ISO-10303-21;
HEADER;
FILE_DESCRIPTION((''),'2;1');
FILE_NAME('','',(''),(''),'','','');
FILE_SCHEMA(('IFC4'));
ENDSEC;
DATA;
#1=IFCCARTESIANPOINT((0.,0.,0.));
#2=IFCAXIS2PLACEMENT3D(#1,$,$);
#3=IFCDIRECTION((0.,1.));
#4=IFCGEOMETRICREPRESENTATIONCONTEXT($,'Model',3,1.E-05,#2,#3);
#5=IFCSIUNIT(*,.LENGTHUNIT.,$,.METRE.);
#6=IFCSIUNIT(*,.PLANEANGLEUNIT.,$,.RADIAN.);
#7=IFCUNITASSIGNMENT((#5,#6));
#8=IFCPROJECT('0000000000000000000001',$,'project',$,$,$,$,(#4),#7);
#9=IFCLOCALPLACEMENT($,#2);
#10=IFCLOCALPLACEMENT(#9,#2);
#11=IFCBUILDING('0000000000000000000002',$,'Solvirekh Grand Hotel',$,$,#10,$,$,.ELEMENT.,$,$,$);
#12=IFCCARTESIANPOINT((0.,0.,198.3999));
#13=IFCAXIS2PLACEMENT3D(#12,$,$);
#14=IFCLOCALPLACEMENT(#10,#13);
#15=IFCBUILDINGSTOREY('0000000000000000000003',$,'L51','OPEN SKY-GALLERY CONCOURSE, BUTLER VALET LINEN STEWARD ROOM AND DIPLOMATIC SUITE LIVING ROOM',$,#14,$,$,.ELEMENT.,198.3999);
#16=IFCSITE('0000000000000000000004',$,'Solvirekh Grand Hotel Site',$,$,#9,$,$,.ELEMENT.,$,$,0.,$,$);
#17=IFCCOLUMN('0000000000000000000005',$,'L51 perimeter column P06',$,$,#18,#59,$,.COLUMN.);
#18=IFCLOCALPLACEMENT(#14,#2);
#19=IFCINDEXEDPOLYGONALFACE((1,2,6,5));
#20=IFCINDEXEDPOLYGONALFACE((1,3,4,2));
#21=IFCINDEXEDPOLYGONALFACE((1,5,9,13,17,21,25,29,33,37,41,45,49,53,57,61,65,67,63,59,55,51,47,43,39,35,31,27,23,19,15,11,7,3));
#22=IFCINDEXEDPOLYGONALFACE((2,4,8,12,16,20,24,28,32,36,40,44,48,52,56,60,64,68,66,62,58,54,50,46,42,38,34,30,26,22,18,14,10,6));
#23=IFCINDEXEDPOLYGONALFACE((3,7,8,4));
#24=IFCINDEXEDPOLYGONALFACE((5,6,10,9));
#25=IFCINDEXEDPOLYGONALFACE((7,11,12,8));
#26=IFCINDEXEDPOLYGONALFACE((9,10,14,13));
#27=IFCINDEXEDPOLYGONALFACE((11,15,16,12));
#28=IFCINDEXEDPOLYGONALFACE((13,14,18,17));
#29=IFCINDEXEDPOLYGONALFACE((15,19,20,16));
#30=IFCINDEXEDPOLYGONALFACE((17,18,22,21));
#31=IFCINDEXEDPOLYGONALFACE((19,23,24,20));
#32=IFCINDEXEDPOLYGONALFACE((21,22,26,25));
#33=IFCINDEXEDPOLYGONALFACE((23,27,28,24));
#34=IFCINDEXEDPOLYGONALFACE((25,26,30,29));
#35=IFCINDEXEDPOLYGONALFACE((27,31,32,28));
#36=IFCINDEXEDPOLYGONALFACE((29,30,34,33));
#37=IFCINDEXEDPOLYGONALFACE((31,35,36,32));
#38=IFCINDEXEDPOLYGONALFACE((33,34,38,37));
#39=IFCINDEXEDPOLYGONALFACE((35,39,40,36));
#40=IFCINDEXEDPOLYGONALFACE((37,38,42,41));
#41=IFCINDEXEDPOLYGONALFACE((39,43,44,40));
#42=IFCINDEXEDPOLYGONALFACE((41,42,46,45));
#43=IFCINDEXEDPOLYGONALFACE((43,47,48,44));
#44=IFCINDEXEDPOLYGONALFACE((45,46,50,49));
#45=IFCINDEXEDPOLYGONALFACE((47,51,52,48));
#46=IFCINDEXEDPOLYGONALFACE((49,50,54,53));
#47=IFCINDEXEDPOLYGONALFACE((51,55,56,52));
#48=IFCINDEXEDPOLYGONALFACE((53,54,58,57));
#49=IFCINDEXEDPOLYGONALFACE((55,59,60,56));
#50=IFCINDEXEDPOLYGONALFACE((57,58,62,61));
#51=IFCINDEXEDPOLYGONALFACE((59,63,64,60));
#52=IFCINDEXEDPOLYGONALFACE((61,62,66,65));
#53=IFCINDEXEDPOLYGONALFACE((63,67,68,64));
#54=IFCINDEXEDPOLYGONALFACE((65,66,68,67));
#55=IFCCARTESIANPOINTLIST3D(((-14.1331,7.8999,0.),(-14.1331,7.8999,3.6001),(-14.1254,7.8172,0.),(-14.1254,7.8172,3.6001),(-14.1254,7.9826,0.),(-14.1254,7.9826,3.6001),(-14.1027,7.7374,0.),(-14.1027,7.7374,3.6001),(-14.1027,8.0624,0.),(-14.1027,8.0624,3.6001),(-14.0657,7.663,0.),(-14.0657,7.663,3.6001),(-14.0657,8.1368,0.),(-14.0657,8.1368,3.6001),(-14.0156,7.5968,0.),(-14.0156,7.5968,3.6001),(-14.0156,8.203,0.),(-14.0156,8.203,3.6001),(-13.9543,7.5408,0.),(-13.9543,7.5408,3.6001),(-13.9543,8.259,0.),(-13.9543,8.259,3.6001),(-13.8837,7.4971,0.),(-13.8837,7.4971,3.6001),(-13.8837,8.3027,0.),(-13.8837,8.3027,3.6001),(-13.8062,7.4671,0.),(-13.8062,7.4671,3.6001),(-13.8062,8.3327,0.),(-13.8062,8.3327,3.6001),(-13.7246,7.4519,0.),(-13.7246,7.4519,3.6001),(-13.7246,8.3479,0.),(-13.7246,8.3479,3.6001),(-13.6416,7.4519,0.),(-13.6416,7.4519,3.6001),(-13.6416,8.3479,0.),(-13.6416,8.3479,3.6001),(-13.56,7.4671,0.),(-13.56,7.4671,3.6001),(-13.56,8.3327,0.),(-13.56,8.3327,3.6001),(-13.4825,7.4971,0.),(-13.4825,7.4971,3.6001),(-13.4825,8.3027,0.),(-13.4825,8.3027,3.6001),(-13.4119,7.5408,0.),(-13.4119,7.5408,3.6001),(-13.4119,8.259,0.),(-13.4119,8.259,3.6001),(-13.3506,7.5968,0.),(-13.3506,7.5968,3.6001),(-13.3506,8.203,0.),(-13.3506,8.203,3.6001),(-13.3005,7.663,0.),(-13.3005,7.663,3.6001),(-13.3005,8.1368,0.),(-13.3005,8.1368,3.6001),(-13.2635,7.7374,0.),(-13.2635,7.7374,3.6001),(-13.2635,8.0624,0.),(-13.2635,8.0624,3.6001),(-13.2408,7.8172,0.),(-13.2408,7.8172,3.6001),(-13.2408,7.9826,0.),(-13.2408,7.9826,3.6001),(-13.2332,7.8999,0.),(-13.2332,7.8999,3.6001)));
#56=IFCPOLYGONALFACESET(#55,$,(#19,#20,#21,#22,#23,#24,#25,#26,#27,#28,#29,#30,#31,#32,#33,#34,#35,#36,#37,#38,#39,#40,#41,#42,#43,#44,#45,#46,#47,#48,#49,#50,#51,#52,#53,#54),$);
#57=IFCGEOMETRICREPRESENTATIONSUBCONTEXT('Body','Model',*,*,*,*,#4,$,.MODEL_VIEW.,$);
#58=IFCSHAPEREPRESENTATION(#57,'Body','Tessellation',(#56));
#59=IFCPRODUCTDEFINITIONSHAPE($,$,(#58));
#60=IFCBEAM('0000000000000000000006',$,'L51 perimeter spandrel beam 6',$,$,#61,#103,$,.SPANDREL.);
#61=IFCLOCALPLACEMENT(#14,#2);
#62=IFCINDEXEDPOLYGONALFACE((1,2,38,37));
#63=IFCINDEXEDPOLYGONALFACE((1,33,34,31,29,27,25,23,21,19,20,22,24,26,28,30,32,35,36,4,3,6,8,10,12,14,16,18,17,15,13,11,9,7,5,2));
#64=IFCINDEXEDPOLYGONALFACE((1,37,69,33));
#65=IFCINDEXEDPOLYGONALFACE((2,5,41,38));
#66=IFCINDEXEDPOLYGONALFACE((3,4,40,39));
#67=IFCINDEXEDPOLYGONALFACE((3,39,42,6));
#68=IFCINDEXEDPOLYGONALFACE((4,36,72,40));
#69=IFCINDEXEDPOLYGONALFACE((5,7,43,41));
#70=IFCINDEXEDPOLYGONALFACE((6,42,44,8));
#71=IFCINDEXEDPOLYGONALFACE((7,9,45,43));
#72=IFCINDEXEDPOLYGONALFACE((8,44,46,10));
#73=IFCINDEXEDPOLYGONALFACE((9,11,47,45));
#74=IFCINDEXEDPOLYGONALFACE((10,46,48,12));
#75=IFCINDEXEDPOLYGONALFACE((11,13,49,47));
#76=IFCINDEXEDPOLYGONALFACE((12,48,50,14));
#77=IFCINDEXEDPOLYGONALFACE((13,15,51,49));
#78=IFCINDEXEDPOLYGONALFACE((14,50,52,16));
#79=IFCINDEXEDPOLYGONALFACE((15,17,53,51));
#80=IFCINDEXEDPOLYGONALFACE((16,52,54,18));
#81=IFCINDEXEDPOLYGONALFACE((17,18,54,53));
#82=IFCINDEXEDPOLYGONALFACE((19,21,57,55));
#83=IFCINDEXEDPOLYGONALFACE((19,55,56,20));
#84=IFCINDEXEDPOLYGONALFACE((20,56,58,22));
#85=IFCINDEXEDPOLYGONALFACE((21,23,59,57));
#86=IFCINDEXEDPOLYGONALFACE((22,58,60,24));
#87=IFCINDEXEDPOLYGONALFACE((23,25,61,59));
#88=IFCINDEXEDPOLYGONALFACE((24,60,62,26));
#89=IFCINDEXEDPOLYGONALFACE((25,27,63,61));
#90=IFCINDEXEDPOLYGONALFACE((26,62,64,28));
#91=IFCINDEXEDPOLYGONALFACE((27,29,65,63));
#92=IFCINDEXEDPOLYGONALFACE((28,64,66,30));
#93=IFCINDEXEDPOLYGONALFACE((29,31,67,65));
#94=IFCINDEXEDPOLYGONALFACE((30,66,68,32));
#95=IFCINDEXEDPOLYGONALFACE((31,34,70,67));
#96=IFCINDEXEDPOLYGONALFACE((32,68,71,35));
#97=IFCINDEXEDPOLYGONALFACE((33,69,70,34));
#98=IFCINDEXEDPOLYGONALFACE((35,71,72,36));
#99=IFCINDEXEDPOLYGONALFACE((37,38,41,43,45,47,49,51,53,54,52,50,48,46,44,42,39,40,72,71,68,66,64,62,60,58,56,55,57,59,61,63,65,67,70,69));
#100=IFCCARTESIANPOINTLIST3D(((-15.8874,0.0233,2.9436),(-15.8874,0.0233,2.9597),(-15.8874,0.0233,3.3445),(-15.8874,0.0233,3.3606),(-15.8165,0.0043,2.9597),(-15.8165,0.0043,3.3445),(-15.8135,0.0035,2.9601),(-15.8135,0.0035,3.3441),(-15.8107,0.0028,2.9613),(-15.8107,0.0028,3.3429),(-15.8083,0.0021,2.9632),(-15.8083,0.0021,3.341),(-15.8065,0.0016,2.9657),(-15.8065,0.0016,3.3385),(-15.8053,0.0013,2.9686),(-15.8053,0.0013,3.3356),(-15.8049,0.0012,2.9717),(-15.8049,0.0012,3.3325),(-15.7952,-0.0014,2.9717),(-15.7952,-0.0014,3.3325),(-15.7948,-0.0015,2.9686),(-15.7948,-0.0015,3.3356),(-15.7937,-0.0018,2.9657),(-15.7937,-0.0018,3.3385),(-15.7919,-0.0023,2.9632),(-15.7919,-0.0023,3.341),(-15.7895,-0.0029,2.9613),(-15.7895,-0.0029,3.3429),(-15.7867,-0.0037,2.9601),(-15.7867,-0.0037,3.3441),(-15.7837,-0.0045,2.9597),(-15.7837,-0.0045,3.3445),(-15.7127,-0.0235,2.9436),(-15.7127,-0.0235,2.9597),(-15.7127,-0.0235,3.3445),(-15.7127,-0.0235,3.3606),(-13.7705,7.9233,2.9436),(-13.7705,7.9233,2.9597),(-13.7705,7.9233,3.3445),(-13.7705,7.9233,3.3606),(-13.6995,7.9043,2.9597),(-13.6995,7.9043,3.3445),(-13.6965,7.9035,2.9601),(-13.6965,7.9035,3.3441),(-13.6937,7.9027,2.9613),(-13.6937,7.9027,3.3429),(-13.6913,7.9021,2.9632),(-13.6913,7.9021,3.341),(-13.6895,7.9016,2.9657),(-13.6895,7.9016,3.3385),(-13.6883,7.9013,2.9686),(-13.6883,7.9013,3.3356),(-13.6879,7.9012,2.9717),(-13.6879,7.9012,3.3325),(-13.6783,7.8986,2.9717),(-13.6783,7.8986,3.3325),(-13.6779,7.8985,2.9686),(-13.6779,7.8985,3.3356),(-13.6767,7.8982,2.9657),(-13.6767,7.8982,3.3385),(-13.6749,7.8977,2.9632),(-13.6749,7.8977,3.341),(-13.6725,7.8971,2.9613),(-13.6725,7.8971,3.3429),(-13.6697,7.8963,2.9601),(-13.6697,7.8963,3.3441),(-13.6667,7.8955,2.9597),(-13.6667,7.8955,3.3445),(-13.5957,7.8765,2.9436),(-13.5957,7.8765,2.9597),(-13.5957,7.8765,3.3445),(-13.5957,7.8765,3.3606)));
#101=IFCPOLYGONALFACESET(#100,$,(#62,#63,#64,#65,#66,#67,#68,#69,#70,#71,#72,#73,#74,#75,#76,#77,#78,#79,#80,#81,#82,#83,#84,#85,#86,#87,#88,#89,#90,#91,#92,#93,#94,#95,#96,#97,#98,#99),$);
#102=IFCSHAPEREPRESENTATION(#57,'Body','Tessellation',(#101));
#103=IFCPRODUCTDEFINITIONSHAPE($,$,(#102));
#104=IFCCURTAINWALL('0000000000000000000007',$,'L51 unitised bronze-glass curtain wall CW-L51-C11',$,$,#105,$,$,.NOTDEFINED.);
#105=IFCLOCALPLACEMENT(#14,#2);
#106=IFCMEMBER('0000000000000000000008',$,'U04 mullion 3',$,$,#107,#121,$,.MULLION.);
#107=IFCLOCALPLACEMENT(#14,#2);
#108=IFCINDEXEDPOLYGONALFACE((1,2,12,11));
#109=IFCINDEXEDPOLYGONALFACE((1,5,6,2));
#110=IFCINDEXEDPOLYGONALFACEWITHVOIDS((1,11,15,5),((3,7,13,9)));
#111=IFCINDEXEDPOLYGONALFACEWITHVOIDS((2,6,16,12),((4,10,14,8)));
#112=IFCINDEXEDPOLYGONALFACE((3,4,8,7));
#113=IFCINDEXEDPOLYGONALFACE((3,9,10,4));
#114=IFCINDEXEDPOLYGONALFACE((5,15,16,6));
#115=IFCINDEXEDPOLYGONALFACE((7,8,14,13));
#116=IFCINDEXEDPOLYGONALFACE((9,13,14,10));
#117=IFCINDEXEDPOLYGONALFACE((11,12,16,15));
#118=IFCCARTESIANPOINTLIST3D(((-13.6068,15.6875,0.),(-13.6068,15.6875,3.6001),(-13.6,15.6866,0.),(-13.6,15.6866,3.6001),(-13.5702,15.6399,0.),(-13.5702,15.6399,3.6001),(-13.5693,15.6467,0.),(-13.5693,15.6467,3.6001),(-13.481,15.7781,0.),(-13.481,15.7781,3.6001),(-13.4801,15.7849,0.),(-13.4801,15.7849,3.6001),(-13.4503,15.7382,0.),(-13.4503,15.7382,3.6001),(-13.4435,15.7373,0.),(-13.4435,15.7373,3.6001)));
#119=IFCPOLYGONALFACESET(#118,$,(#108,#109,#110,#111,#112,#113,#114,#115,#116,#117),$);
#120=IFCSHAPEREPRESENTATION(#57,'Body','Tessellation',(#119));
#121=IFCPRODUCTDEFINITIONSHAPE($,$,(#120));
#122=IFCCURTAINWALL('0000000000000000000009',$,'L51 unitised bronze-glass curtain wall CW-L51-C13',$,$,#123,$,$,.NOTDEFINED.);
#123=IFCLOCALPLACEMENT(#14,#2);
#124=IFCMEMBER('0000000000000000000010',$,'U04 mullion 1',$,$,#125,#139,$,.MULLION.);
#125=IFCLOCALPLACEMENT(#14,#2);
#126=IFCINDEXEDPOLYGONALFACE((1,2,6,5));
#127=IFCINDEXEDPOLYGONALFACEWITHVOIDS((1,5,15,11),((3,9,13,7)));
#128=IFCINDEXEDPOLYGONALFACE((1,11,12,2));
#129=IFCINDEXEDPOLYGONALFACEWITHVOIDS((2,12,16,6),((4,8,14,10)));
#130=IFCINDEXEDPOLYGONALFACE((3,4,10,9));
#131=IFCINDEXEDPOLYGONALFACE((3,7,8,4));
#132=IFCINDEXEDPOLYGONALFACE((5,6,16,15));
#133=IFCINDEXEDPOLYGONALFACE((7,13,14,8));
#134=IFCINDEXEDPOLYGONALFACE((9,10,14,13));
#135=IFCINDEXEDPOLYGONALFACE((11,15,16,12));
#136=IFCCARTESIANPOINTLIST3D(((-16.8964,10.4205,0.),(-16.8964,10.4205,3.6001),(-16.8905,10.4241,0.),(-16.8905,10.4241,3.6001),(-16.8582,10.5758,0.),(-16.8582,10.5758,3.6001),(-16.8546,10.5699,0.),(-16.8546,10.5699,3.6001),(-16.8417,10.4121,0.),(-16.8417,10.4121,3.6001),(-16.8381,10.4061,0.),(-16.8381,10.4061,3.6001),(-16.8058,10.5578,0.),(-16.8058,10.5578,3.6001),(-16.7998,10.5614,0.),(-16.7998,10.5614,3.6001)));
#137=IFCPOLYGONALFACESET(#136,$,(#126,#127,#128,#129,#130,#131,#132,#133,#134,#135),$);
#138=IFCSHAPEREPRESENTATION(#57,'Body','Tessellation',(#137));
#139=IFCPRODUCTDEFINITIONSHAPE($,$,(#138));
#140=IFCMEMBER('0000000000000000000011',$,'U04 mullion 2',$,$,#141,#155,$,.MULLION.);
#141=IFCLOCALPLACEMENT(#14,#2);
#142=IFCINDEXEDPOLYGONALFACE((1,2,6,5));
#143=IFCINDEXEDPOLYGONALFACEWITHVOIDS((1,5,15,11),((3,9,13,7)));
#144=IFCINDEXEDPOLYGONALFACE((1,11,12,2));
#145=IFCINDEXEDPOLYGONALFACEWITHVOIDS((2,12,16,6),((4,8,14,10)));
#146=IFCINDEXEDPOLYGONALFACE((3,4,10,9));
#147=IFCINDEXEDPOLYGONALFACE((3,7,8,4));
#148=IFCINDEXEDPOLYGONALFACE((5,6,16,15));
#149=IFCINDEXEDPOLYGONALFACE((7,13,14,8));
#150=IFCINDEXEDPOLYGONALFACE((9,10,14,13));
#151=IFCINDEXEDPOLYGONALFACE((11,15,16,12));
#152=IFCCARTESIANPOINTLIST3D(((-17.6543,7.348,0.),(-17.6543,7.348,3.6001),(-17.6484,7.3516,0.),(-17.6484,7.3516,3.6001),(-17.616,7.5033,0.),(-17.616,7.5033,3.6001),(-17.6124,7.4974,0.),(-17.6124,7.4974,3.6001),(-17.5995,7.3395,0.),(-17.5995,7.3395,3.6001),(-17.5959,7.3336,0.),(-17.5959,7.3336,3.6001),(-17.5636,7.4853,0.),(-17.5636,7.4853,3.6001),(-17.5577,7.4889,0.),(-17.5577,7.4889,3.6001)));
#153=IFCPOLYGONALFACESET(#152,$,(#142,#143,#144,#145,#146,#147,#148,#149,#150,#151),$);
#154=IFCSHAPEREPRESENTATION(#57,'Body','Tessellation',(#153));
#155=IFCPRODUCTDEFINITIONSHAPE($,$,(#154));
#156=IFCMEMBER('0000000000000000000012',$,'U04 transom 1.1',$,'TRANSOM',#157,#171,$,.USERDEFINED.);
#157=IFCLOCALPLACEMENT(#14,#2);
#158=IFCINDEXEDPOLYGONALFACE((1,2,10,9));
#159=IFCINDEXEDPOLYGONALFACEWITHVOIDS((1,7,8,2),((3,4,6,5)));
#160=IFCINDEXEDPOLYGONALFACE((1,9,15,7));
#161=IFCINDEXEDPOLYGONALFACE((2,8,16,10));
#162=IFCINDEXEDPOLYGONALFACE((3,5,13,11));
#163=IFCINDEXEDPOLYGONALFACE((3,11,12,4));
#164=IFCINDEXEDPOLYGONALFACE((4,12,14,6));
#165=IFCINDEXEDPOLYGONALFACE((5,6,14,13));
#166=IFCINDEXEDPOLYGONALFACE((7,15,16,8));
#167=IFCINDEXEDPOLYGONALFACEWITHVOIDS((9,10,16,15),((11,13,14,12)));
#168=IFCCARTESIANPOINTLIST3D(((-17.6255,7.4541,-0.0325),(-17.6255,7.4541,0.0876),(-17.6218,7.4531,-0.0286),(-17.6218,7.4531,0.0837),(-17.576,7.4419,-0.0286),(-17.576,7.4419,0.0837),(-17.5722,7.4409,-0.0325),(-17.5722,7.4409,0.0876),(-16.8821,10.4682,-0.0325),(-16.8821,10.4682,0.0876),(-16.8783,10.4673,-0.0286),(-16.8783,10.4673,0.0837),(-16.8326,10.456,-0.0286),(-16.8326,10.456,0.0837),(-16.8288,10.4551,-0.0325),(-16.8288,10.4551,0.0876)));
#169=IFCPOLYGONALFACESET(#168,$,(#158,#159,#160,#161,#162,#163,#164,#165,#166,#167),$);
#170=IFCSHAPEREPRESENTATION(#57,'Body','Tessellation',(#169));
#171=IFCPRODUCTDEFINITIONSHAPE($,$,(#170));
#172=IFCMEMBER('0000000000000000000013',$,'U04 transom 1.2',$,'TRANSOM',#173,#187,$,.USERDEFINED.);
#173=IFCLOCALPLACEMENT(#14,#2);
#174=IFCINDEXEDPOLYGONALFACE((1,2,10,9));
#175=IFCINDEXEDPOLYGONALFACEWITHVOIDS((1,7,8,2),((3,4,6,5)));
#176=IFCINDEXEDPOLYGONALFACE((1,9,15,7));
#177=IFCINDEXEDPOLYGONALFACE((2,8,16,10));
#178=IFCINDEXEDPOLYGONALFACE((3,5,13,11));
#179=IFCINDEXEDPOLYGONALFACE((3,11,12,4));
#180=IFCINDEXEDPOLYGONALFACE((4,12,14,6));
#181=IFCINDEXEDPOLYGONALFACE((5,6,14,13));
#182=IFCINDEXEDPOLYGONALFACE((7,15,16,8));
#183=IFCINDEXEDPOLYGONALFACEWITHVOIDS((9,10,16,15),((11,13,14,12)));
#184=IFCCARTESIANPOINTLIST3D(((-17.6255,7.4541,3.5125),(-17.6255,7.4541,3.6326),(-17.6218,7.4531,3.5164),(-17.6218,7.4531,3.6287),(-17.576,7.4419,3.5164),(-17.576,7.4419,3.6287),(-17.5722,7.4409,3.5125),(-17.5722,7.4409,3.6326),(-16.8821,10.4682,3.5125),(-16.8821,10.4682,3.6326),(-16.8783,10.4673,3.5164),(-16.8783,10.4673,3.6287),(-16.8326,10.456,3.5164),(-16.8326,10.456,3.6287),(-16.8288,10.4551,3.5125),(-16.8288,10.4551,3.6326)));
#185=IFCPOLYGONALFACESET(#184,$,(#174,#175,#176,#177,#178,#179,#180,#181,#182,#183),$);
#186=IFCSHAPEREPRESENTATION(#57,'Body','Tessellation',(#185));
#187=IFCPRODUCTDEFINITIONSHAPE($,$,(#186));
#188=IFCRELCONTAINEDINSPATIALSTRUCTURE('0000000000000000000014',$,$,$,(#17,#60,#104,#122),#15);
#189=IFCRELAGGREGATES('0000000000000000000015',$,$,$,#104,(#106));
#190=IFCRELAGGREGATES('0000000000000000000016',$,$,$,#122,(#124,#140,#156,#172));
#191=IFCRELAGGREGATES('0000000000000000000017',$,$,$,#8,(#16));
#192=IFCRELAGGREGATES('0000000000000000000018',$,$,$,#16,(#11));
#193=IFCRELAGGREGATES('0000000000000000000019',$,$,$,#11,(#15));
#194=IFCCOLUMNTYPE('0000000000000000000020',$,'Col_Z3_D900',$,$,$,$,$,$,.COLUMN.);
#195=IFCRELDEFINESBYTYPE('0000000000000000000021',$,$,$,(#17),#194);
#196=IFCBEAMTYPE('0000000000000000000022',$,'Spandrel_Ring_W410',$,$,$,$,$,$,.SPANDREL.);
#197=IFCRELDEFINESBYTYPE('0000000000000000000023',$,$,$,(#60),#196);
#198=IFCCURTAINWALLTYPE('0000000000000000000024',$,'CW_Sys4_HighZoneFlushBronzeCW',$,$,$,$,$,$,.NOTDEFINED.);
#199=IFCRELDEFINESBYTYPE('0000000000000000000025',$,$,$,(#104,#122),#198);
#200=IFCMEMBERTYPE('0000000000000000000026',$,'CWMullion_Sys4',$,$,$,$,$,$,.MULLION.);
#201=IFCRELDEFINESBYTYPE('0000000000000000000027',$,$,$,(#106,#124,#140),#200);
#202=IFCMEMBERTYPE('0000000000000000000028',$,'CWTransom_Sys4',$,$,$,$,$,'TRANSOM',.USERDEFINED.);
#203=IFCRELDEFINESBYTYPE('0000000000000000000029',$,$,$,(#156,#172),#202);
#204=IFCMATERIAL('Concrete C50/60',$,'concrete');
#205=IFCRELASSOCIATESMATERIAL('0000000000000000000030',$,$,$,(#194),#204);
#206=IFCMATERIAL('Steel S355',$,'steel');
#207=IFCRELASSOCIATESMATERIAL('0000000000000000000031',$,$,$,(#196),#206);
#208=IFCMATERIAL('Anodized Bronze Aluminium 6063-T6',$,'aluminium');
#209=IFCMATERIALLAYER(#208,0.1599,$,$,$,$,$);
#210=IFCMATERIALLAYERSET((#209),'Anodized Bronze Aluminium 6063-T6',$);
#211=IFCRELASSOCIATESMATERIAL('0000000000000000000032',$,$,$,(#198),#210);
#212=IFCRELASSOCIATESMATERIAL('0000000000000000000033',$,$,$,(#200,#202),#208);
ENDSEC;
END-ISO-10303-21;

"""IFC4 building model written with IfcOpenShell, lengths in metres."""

from ifc_helpers import new_model, si_unit, direction, frame, origin, origin_2d, place, context, subcontext, project, spatial, hollow_rectangle, circle, i_section, extrude, source, transform, mapped, material, layer, layer_set, material_profile, profile_set, type_object, element, aggregate, save


model = new_model("IFC4")

# Units and contexts
model_context = context("Model", 3, precision=1e-05, world=origin(), true_north=direction((0.0, 1.0)))
body_context = subcontext(model_context, "Body", "Model", "MODEL_VIEW")
ifc_project = project(units=[si_unit("LENGTHUNIT", "METRE"), si_unit("PLANEANGLEUNIT", "RADIAN")], contexts=[model_context])

# Site, building, storey
site_placement = place(None, origin())
site = spatial("IfcSite", under=ifc_project, at=site_placement, Name="Solvirekh Grand Hotel Site", CompositionType="ELEMENT", RefElevation=0.0)
building_placement = place(site_placement, origin())
building = spatial("IfcBuilding", under=site, at=building_placement, Name="Solvirekh Grand Hotel", CompositionType="ELEMENT")
storey_placement = place(building_placement, frame((0.0, 0.0, 198.3999)))
storey = spatial("IfcBuildingStorey", under=building, at=storey_placement, Name="L51", Description="OPEN SKY-GALLERY CONCOURSE, BUTLER VALET LINEN STEWARD ROOM AND DIPLOMATIC SUITE LIVING ROOM", CompositionType="ELEMENT", Elevation=198.3999)

# Column
ifc_material_1 = material(Name="Concrete C50/60", Category="concrete")
ifc_material_profile_1 = material_profile(ifc_material_1, circle(Radius=0.45, at=origin_2d()), Name="RC CIRC D900")
ifc_profile_set_1 = profile_set([ifc_material_profile_1], Name="Concrete C50/60")
column_type = type_object("IfcColumnType", Name="Col_Z3_D900", PredefinedType="COLUMN", material=ifc_profile_set_1)
column_placement = place(storey_placement, frame((-13.6831, 7.8999, 0.0), z_axis=(0.0, 0.0, 1.0), x_axis=(1.0, 0.0, 0.0)))
element("IfcColumn", 1, at=column_placement, inside=storey, type_object=column_type, Name="L51 perimeter column P06", PredefinedType="COLUMN", context=body_context, shape_type="SweptSolid", body=[
    extrude(circle(Radius=0.45, at=origin_2d()), origin(), (0.0, 0.0, 1.0), 3.6001),
])

# Beam
ifc_material_2 = material(Name="Steel S355", Category="steel")
ifc_material_profile_2 = material_profile(ifc_material_2, i_section(OverallWidth=0.1809, OverallDepth=0.417, WebThickness=0.01, FlangeThickness=0.0161, FilletRadius=0.012, at=origin_2d()), Name="W410X85")
ifc_profile_set_2 = profile_set([ifc_material_profile_2], Name="Steel S355")
beam_type = type_object("IfcBeamType", Name="Spandrel_Ring_W410", PredefinedType="SPANDREL", material=ifc_profile_set_2)
beam_placement = place(storey_placement, frame((-13.6831, 7.8999, 3.1521), z_axis=(-0.258839, -0.965921, 0.0), x_axis=(0.965921, -0.258839, 0.0)))
element("IfcBeam", 2, at=beam_placement, inside=storey, type_object=beam_type, Name="L51 perimeter spandrel beam 6", PredefinedType="SPANDREL", context=body_context, shape_type="SweptSolid", body=[
    extrude(i_section(OverallWidth=0.1809, OverallDepth=0.417, WebThickness=0.01, FlangeThickness=0.0161, FilletRadius=0.012, at=origin_2d()), origin(), (0.0, 0.0, 1.0), 8.1787),
])

# Curtain wall, member
ifc_material_3 = material(Name="Anodized Bronze Aluminium 6063-T6", Category="aluminium")
ifc_layer_1 = layer(ifc_material_3, 0.1599)
ifc_layer_set_1 = layer_set([ifc_layer_1], Name="Anodized Bronze Aluminium 6063-T6")
curtain_wall_type = type_object("IfcCurtainWallType", Name="CW_Sys4_HighZoneFlushBronzeCW", PredefinedType="NOTDEFINED", material=ifc_layer_set_1)
curtain_wall_1_placement = place(storey_placement, origin())
curtain_wall_1 = element("IfcCurtainWall", 3, at=curtain_wall_1_placement, inside=storey, type_object=curtain_wall_type, Name="L51 unitised bronze-glass curtain wall CW-L51-C11", PredefinedType="NOTDEFINED")
ifc_material_profile_3 = material_profile(ifc_material_3, hollow_rectangle(XDim=0.0601, YDim=0.1599, WallThickness=0.0049, at=origin_2d()), Name="ALU RHS 160X60X5")
ifc_profile_set_3 = profile_set([ifc_material_profile_3], Name="Anodized Bronze Aluminium 6063-T6")
member_type_1 = type_object("IfcMemberType", Name="CWMullion_Sys4", PredefinedType="MULLION", material=ifc_profile_set_3)
shared_shape_1 = source(origin(), body_context, "Body", "SweptSolid", [
    extrude(hollow_rectangle(XDim=0.0601, YDim=0.1599, WallThickness=0.0049, at=origin_2d()), origin(), (0.0, 0.0, 1.0), 3.6001),
])
member_1_placement = place(storey_placement, frame((-13.5251, 15.7124, 0.0), z_axis=(0.0, 0.0, 1.0), x_axis=(0.609557, -0.792742, 0.0)))
member_1 = element("IfcMember", 4, at=member_1_placement, type_object=member_type_1, Name="U04 mullion 3", PredefinedType="MULLION", context=body_context, shape_type="MappedRepresentation", body=[
    mapped(shared_shape_1, transform((0.0, 0.0, 0.0), x_axis=(1.0, 0.0, 0.0), y_axis=(0.0, 1.0, 0.0), z_axis=(0.0, 0.0, 1.0), scale=1.0)),
])
aggregate(curtain_wall_1, [member_1])

# Curtain wall, members
curtain_wall_2_placement = place(storey_placement, origin())
curtain_wall_2 = element("IfcCurtainWall", 5, at=curtain_wall_2_placement, inside=storey, type_object=curtain_wall_type, Name="L51 unitised bronze-glass curtain wall CW-L51-C13", PredefinedType="NOTDEFINED")
member_2_placement = place(storey_placement, frame((-16.8481, 10.491, 0.0), z_axis=(0.0, 0.0, 1.0), x_axis=(0.970902, -0.239478, 0.0)))
member_2 = element("IfcMember", 6, at=member_2_placement, type_object=member_type_1, Name="U04 mullion 1", PredefinedType="MULLION", context=body_context, shape_type="MappedRepresentation", body=[
    mapped(shared_shape_1, transform((0.0, 0.0, 0.0), x_axis=(1.0, 0.0, 0.0), y_axis=(0.0, 1.0, 0.0), z_axis=(0.0, 0.0, 1.0), scale=1.0)),
])
member_3_placement = place(storey_placement, frame((-17.606, 7.4185, 0.0), z_axis=(0.0, 0.0, 1.0), x_axis=(0.970902, -0.239478, 0.0)))
member_3 = element("IfcMember", 7, at=member_3_placement, type_object=member_type_1, Name="U04 mullion 2", PredefinedType="MULLION", context=body_context, shape_type="MappedRepresentation", body=[
    mapped(shared_shape_1, transform((0.0, 0.0, 0.0), x_axis=(1.0, 0.0, 0.0), y_axis=(0.0, 1.0, 0.0), z_axis=(0.0, 0.0, 1.0), scale=1.0)),
])
ifc_material_profile_4 = material_profile(ifc_material_3, hollow_rectangle(XDim=0.0549, YDim=0.1201, WallThickness=0.0039, at=origin_2d()), Name="ALU RHS 120X55X4")
ifc_profile_set_4 = profile_set([ifc_material_profile_4], Name="Anodized Bronze Aluminium 6063-T6")
member_type_2 = type_object("IfcMemberType", Name="CWTransom_Sys4", ElementType="TRANSOM", PredefinedType="USERDEFINED", material=ifc_profile_set_4)
shared_shape_2 = source(origin(), body_context, "Body", "SweptSolid", [
    extrude(hollow_rectangle(XDim=0.0549, YDim=0.1201, WallThickness=0.0039, at=origin_2d()), origin(), (0.0, 0.0, 1.0), 3.1045),
])
member_4_placement = place(storey_placement, frame((-16.8555, 10.4617, 0.0276), z_axis=(-0.239463, -0.970906, 0.0), x_axis=(0.970906, -0.239463, 0.0)))
member_4 = element("IfcMember", 8, at=member_4_placement, type_object=member_type_2, Name="U04 transom 1.1", ObjectType="TRANSOM", PredefinedType="USERDEFINED", context=body_context, shape_type="MappedRepresentation", body=[
    mapped(shared_shape_2, transform((0.0, 0.0, 0.0), x_axis=(1.0, 0.0, 0.0), y_axis=(0.0, 1.0, 0.0), z_axis=(0.0, 0.0, 1.0), scale=1.0)),
])
member_5_placement = place(storey_placement, frame((-16.8555, 10.4617, 3.5725), z_axis=(-0.239463, -0.970906, 0.0), x_axis=(0.970906, -0.239463, 0.0)))
member_5 = element("IfcMember", 9, at=member_5_placement, type_object=member_type_2, Name="U04 transom 1.2", ObjectType="TRANSOM", PredefinedType="USERDEFINED", context=body_context, shape_type="MappedRepresentation", body=[
    mapped(shared_shape_2, transform((0.0, 0.0, 0.0), x_axis=(1.0, 0.0, 0.0), y_axis=(0.0, 1.0, 0.0), z_axis=(0.0, 0.0, 1.0), scale=1.0)),
])
aggregate(curtain_wall_2, [member_2, member_3, member_4, member_5])

save(model, "model.ifc")
